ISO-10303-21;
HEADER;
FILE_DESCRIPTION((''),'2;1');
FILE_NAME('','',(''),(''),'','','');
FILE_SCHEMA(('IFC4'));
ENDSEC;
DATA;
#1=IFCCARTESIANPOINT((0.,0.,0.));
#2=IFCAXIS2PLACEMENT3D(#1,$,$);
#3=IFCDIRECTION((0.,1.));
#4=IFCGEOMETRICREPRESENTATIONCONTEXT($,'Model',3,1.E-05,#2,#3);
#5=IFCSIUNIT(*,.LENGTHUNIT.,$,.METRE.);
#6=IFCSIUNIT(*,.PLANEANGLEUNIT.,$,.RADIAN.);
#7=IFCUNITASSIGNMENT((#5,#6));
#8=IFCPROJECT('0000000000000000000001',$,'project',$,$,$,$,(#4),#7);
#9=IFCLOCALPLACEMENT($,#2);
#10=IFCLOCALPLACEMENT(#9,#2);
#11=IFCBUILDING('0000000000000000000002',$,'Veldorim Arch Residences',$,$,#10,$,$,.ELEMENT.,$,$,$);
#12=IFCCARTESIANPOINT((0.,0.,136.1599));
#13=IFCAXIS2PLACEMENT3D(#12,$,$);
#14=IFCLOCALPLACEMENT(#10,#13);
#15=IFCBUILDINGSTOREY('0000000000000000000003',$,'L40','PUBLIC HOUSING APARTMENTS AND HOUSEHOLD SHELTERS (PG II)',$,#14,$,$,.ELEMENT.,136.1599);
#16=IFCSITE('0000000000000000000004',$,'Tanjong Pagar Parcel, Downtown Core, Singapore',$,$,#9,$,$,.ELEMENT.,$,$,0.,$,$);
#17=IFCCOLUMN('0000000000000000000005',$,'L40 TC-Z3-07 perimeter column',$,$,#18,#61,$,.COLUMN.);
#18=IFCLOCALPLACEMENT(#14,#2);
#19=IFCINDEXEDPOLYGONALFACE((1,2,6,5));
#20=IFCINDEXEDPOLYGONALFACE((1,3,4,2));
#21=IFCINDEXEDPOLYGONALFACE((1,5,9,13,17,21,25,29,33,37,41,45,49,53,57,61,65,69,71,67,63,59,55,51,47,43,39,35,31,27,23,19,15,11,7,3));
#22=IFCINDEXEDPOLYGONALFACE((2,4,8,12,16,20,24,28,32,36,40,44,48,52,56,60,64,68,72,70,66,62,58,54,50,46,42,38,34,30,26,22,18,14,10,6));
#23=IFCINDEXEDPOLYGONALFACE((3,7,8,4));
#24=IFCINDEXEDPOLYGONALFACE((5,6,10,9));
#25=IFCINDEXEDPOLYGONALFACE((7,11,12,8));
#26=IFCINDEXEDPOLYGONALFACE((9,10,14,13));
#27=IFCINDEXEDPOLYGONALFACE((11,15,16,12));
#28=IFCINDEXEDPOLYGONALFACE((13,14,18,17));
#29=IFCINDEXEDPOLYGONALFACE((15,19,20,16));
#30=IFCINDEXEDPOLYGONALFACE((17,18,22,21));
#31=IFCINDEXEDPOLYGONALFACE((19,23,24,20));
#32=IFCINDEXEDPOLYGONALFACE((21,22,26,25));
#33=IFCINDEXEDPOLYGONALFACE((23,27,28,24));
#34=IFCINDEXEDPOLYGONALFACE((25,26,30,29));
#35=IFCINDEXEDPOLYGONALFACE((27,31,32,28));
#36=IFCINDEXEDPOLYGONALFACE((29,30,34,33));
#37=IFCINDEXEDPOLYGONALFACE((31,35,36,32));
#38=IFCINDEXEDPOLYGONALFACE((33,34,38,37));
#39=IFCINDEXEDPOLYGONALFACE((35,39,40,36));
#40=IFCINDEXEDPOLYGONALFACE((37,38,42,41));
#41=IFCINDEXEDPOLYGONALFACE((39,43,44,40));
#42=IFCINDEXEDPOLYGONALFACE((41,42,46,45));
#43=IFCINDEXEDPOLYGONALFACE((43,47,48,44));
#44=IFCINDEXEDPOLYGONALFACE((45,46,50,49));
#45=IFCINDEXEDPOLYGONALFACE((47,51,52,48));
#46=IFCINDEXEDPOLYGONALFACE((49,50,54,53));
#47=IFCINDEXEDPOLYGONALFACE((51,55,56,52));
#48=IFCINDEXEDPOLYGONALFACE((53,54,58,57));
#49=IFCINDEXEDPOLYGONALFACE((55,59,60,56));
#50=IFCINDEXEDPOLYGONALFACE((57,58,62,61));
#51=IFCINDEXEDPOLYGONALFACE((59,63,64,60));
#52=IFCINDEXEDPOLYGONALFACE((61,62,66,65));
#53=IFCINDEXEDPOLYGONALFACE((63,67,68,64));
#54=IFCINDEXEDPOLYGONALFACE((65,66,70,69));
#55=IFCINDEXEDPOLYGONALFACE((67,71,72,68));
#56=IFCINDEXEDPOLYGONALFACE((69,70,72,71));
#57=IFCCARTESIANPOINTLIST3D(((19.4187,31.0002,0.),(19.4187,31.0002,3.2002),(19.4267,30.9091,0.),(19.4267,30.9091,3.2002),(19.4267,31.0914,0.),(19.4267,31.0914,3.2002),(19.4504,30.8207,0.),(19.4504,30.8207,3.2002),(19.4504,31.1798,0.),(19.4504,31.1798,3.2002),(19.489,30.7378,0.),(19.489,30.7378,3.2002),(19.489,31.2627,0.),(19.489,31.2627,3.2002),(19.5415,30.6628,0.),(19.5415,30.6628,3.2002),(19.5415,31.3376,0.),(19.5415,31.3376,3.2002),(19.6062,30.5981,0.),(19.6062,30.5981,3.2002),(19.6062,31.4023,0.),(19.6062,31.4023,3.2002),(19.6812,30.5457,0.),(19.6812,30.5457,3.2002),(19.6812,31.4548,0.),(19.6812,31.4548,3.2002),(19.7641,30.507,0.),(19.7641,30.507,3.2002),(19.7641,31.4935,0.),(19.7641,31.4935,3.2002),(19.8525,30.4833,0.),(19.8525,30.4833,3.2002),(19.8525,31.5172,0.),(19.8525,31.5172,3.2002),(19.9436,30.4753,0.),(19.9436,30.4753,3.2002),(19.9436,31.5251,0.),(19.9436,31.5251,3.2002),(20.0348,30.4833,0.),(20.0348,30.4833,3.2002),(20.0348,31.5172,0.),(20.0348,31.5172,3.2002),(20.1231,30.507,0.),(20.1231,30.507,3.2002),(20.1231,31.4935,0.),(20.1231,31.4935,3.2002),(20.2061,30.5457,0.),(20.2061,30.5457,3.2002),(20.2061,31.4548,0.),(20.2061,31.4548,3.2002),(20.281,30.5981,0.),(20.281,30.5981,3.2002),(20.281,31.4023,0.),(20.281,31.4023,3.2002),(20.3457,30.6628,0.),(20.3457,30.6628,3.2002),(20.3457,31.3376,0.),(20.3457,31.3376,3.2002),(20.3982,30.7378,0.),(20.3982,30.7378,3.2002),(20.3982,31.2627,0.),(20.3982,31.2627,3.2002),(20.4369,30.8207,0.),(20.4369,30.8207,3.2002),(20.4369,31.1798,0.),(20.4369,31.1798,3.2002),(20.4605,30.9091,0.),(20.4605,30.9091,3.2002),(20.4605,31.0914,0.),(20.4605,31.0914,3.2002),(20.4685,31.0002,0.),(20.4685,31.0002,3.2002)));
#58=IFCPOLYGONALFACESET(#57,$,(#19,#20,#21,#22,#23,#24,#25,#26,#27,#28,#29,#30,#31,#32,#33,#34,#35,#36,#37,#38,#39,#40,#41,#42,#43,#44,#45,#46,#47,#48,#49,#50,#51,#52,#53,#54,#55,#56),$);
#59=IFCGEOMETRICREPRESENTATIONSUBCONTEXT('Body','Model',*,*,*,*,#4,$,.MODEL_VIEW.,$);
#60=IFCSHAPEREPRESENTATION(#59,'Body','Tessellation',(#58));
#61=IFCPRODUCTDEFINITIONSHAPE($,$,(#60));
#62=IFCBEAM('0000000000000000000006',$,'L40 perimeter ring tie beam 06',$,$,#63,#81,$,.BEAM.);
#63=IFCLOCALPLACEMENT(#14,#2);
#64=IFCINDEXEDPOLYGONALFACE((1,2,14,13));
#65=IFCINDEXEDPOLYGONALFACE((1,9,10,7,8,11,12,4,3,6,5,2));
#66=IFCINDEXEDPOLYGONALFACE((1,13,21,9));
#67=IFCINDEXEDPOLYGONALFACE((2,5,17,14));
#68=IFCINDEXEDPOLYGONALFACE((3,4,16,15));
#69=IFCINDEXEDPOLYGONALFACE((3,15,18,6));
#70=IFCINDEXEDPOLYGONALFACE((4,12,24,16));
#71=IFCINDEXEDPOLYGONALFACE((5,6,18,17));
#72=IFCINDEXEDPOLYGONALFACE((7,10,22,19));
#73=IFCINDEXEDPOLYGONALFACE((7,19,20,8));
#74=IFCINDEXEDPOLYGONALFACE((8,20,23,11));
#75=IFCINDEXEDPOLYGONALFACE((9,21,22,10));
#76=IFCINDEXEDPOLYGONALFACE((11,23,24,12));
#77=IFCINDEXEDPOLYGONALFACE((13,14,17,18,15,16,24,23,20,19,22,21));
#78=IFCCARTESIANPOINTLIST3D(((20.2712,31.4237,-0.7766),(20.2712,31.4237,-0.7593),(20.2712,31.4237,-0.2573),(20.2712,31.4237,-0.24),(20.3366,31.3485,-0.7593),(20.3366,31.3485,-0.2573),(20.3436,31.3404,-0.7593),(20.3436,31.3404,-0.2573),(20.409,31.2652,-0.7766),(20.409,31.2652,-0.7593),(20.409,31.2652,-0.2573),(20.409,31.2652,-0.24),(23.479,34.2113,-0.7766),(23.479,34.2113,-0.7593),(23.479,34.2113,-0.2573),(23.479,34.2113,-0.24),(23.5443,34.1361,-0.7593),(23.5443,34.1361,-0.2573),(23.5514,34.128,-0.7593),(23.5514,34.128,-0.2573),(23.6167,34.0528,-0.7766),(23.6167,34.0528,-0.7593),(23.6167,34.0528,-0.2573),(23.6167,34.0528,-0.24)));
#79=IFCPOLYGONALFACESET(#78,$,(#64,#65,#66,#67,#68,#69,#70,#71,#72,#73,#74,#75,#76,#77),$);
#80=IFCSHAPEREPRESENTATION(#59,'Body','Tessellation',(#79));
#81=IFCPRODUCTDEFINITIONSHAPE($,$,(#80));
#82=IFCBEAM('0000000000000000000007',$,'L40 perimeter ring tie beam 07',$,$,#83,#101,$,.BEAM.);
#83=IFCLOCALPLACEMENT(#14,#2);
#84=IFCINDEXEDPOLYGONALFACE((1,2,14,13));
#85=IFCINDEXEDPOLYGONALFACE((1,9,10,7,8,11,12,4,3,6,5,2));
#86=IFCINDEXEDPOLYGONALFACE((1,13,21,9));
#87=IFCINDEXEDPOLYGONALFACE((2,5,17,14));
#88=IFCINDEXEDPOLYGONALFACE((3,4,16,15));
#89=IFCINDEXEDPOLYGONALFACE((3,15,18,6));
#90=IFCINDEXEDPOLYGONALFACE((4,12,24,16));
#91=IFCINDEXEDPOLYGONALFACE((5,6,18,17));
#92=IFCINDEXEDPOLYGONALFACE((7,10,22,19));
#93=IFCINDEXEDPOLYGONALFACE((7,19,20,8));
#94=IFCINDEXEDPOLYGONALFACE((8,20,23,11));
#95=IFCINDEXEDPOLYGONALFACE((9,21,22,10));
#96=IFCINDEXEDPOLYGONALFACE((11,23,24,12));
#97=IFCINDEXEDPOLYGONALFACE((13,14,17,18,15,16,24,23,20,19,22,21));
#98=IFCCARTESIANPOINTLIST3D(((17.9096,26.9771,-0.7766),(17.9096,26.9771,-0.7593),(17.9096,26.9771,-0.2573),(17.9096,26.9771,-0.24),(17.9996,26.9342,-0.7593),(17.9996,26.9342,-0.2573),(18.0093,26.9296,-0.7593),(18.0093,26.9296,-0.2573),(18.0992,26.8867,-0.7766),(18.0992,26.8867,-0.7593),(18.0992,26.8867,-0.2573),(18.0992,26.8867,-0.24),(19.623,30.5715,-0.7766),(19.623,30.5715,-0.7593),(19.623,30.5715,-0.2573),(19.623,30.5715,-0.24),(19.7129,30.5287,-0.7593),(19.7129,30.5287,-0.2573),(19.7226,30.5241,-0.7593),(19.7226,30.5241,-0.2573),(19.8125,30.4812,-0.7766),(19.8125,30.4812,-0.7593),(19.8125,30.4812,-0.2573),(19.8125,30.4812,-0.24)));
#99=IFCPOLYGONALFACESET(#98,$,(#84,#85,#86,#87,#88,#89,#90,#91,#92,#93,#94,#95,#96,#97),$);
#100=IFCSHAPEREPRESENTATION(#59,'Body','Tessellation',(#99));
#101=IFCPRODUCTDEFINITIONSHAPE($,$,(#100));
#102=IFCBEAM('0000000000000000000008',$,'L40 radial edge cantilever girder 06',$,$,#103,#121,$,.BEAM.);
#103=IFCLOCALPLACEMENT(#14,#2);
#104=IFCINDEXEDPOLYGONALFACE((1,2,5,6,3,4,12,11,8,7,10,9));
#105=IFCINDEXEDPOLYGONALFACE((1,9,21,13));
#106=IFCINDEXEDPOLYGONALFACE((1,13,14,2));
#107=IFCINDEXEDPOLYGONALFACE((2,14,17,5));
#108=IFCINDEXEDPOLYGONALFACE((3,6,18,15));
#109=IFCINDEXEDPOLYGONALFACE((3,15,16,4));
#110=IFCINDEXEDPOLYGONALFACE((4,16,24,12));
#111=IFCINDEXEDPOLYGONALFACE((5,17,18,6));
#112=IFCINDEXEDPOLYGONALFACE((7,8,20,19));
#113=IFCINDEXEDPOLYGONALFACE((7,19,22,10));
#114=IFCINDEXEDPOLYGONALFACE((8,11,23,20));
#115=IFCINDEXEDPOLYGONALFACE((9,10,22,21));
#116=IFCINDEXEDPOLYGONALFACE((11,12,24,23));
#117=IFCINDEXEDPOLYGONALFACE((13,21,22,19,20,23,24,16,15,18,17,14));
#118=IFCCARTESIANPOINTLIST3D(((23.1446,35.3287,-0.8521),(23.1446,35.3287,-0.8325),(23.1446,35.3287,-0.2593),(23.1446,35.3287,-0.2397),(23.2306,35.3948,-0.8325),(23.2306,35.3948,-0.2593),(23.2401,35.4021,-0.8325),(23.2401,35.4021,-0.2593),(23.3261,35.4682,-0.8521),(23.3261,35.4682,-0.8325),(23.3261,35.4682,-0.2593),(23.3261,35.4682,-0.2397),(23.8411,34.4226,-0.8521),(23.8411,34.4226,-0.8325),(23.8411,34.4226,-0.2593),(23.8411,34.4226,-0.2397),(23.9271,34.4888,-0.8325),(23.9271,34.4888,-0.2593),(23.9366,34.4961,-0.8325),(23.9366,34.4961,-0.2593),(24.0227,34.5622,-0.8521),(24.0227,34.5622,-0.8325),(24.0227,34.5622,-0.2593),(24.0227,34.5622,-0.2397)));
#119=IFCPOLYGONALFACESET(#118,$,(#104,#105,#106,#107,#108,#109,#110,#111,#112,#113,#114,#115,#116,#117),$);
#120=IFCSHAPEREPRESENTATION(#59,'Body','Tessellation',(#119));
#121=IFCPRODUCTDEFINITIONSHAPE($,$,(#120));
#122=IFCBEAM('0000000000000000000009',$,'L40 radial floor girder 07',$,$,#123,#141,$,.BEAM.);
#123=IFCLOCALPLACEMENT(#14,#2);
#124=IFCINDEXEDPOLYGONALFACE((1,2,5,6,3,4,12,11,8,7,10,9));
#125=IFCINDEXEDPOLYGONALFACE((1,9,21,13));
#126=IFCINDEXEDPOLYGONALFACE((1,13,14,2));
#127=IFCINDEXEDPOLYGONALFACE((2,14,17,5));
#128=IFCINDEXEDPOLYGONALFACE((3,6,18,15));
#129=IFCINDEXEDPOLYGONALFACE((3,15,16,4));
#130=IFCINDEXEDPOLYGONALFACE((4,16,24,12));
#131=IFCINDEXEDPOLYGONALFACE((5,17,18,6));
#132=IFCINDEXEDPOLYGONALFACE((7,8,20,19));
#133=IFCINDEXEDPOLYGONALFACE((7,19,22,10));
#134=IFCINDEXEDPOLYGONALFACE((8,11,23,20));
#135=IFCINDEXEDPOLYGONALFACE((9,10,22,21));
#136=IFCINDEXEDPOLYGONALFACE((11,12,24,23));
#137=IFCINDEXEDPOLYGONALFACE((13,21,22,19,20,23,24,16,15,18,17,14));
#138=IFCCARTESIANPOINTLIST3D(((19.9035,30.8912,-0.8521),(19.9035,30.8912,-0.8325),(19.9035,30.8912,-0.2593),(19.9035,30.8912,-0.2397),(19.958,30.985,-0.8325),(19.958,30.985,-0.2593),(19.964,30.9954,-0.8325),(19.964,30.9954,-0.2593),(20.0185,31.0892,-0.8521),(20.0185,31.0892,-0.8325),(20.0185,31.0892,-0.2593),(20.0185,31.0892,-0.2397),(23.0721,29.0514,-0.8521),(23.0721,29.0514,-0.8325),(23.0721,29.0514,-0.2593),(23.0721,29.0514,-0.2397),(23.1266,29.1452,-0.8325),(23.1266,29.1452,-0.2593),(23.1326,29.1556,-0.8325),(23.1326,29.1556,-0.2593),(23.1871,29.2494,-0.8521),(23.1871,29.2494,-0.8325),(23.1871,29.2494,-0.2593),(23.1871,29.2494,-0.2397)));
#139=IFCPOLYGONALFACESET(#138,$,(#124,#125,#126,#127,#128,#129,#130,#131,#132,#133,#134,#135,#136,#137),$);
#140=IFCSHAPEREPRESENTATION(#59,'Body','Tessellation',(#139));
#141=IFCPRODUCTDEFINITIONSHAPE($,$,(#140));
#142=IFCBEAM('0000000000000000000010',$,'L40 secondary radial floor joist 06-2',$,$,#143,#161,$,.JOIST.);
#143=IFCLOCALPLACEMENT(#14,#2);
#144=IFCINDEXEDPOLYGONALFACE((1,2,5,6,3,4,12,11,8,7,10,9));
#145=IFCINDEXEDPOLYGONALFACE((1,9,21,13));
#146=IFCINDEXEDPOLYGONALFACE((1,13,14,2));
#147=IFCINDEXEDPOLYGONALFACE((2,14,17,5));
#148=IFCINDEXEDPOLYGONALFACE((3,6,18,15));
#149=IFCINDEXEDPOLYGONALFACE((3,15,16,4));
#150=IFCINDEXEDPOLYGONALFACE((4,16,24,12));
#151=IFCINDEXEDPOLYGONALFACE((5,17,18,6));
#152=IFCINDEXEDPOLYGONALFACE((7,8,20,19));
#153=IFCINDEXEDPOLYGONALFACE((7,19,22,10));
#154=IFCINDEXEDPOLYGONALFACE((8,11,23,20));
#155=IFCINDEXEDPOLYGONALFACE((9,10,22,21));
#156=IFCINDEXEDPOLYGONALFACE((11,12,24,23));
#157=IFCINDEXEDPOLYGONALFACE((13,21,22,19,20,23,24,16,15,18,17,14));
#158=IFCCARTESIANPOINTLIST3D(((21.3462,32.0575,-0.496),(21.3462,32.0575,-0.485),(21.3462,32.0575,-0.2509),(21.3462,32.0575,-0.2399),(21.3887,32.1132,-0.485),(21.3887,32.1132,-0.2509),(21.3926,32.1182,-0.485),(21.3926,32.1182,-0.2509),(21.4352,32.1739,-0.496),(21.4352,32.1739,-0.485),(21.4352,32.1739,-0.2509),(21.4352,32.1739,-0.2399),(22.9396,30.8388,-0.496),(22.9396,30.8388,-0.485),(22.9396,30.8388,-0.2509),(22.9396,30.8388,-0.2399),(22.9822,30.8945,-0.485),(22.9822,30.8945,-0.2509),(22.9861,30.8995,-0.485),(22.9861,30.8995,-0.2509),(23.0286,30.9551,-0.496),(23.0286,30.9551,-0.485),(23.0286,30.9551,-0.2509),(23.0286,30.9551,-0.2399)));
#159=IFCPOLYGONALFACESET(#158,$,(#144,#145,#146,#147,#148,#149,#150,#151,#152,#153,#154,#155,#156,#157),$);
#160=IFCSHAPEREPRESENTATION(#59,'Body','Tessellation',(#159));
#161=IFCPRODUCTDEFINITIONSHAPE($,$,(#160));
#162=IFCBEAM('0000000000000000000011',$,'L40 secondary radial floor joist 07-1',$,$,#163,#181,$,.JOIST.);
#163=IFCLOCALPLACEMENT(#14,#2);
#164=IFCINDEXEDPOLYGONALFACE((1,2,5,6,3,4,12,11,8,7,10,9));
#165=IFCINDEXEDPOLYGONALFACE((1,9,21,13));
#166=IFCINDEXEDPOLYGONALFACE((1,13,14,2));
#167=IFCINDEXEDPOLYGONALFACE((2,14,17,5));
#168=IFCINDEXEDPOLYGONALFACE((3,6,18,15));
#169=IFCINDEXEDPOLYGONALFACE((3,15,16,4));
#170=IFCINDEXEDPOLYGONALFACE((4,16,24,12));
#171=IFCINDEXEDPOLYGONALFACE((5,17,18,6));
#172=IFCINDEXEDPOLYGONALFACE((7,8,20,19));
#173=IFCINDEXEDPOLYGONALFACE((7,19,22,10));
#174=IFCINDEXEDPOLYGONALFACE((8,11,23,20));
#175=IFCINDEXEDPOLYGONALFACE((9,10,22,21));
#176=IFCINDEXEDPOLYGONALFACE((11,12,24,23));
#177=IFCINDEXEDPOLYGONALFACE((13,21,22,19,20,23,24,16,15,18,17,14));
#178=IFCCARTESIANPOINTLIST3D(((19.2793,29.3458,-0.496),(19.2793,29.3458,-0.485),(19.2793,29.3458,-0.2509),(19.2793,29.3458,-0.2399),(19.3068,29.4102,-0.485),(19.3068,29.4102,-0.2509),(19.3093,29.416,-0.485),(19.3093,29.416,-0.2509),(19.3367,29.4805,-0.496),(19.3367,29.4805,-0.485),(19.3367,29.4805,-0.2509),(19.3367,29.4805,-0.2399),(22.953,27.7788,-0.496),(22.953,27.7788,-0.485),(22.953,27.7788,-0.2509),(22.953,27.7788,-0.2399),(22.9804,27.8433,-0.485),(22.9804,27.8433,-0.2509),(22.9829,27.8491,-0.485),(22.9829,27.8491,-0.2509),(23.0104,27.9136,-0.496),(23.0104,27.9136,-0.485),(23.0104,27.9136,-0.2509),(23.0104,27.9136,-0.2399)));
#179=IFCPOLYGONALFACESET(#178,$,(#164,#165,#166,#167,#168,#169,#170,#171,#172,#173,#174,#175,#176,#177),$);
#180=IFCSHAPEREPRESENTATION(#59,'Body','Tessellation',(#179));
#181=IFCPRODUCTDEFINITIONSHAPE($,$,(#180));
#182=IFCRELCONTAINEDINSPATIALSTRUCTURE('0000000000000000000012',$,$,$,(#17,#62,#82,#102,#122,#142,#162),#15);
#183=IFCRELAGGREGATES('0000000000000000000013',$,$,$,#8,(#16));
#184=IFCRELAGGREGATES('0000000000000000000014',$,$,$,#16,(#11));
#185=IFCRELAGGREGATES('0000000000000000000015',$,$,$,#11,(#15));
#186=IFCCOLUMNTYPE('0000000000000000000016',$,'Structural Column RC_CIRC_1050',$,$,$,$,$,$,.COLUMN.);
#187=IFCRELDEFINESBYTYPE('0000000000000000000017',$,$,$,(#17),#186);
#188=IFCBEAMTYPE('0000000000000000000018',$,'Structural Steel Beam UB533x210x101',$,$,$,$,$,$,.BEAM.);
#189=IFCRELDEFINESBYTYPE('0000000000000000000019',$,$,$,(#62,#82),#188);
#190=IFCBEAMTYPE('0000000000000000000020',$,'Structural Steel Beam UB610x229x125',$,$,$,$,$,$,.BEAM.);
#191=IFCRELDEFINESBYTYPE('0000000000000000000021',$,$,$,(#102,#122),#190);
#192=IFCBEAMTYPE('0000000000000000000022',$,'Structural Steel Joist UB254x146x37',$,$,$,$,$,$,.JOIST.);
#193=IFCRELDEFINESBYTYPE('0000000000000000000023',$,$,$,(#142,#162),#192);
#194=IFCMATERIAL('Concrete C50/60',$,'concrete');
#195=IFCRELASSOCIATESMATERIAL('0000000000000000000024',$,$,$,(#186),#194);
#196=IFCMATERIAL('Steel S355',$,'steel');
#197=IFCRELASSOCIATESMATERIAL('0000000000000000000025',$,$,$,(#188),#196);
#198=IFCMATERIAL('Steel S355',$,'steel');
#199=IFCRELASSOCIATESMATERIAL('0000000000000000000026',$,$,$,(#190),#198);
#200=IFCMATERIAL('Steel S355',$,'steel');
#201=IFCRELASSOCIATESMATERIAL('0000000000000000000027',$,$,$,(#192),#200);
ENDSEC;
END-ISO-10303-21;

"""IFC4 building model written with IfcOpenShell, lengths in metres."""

from ifc_helpers import new_model, si_unit, direction, frame, origin, origin_2d, place, context, subcontext, project, spatial, circle, i_section, extrude, material, material_profile, profile_set, type_object, element, save


model = new_model("IFC4")

# Units and contexts
model_context = context("Model", 3, precision=1e-05, world=origin(), true_north=direction((0.0, 1.0)))
body_context = subcontext(model_context, "Body", "Model", "MODEL_VIEW")
ifc_project = project(units=[si_unit("LENGTHUNIT", "METRE"), si_unit("PLANEANGLEUNIT", "RADIAN")], contexts=[model_context])

# Site, building, storey
site_placement = place(None, origin())
site = spatial("IfcSite", under=ifc_project, at=site_placement, Name="Tanjong Pagar Parcel, Downtown Core, Singapore", CompositionType="ELEMENT", RefElevation=0.0)
building_placement = place(site_placement, origin())
building = spatial("IfcBuilding", under=site, at=building_placement, Name="Veldorim Arch Residences", CompositionType="ELEMENT")
storey_placement = place(building_placement, frame((0.0, 0.0, 136.1599)))
storey = spatial("IfcBuildingStorey", under=building, at=storey_placement, Name="L40", Description="PUBLIC HOUSING APARTMENTS AND HOUSEHOLD SHELTERS (PG II)", CompositionType="ELEMENT", Elevation=136.1599)

# Column
ifc_material_1 = material(Name="Concrete C50/60", Category="concrete")
ifc_material_profile_1 = material_profile(ifc_material_1, circle(Radius=0.5249, at=origin_2d()), Name="RC_CIRC_1050")
ifc_profile_set_1 = profile_set([ifc_material_profile_1], Name="Concrete C50/60")
column_type = type_object("IfcColumnType", Name="Structural Column RC_CIRC_1050", PredefinedType="COLUMN", material=ifc_profile_set_1)
column_placement = place(storey_placement, frame((19.9436, 31.0002, 0.0), z_axis=(0.0, 0.0, 1.0), x_axis=(1.0, 0.0, 0.0)))
element("IfcColumn", 1, at=column_placement, inside=storey, type_object=column_type, Name="L40 TC-Z3-07 perimeter column", PredefinedType="COLUMN", context=body_context, shape_type="SweptSolid", body=[
    extrude(circle(Radius=0.5249, at=origin_2d()), origin(), (0.0, 0.0, 1.0), 3.2002),
])

# Beams
ifc_material_2 = material(Name="Steel S355", Category="steel")
ifc_material_profile_2 = material_profile(ifc_material_2, i_section(OverallWidth=0.21, OverallDepth=0.5366, WebThickness=0.0107, FlangeThickness=0.0173, at=origin_2d()), Name="UB533x210x101")
ifc_profile_set_2 = profile_set([ifc_material_profile_2], Name="Steel S355")
beam_type_1 = type_object("IfcBeamType", Name="Structural Steel Beam UB533x210x101", PredefinedType="BEAM", material=ifc_profile_set_2)
beam_1_placement = place(storey_placement, frame((23.5479, 34.1321, -0.5083), z_axis=(-0.754811, -0.655943, 0.0), x_axis=(0.655943, -0.754811, 0.0)))
element("IfcBeam", 2, at=beam_1_placement, inside=storey, type_object=beam_type_1, Name="L40 perimeter ring tie beam 06", PredefinedType="BEAM", context=body_context, shape_type="SweptSolid", body=[
    extrude(i_section(OverallWidth=0.21, OverallDepth=0.5366, WebThickness=0.0107, FlangeThickness=0.0173, at=origin_2d()), origin(), (0.0, 0.0, 1.0), 4.2498),
])
beam_2_placement = place(storey_placement, frame((19.7178, 30.5264, -0.5083), z_axis=(-0.430286, -0.902693, 0.0), x_axis=(0.902693, -0.430286, 0.0)))
element("IfcBeam", 3, at=beam_2_placement, inside=storey, type_object=beam_type_1, Name="L40 perimeter ring tie beam 07", PredefinedType="BEAM", context=body_context, shape_type="SweptSolid", body=[
    extrude(i_section(OverallWidth=0.21, OverallDepth=0.5366, WebThickness=0.0107, FlangeThickness=0.0173, at=origin_2d()), origin(), (0.0, 0.0, 1.0), 3.9819),
])
ifc_material_3 = material(Name="Steel S355", Category="steel")
ifc_material_profile_3 = material_profile(ifc_material_3, i_section(OverallWidth=0.229, OverallDepth=0.6123, WebThickness=0.012, FlangeThickness=0.0195, at=origin_2d()), Name="UB610x229x125")
ifc_profile_set_3 = profile_set([ifc_material_profile_3], Name="Steel S355")
beam_type_2 = type_object("IfcBeamType", Name="Structural Steel Beam UB610x229x125", PredefinedType="BEAM", material=ifc_profile_set_3)
beam_3_placement = place(storey_placement, frame((23.9319, 34.4924, -0.5459), z_axis=(-0.609494, 0.792791, 0.0), x_axis=(-0.792791, -0.609494, 0.0)))
element("IfcBeam", 4, at=beam_3_placement, inside=storey, type_object=beam_type_2, Name="L40 radial edge cantilever girder 06", PredefinedType="BEAM", context=body_context, shape_type="SweptSolid", body=[
    extrude(i_section(OverallWidth=0.229, OverallDepth=0.6123, WebThickness=0.012, FlangeThickness=0.0195, at=origin_2d()), origin(), (0.0, 0.0, 1.0), 1.1428),
])
beam_4_placement = place(storey_placement, frame((23.1296, 29.1504, -0.5459), z_axis=(-0.864795, 0.502126, 0.0), x_axis=(-0.502126, -0.864795, 0.0)))
element("IfcBeam", 5, at=beam_4_placement, inside=storey, type_object=beam_type_2, Name="L40 radial floor girder 07", PredefinedType="BEAM", context=body_context, shape_type="SweptSolid", body=[
    extrude(i_section(OverallWidth=0.229, OverallDepth=0.6123, WebThickness=0.012, FlangeThickness=0.0195, at=origin_2d()), origin(), (0.0, 0.0, 1.0), 3.6641),
])
ifc_material_4 = material(Name="Steel S355", Category="steel")
ifc_material_profile_4 = material_profile(ifc_material_4, i_section(OverallWidth=0.1465, OverallDepth=0.2561, WebThickness=0.0063, FlangeThickness=0.011, at=origin_2d()), Name="UB254x146x37")
ifc_profile_set_4 = profile_set([ifc_material_profile_4], Name="Steel S355")
beam_type_3 = type_object("IfcBeamType", Name="Structural Steel Joist UB254x146x37", PredefinedType="JOIST", material=ifc_profile_set_4)
beam_5_placement = place(storey_placement, frame((22.9841, 30.897, -0.3679), z_axis=(-0.794313, 0.607509, 0.0), x_axis=(-0.607509, -0.794313, 0.0)))
element("IfcBeam", 6, at=beam_5_placement, inside=storey, type_object=beam_type_3, Name="L40 secondary radial floor joist 06-2", PredefinedType="JOIST", context=body_context, shape_type="SweptSolid", body=[
    extrude(i_section(OverallWidth=0.1465, OverallDepth=0.2561, WebThickness=0.0063, FlangeThickness=0.011, at=origin_2d()), origin(), (0.0, 0.0, 1.0), 2.0061),
])
beam_6_placement = place(storey_placement, frame((22.9817, 27.8462, -0.3679), z_axis=(-0.919823, 0.392332, 0.0), x_axis=(-0.392332, -0.919823, 0.0)))
element("IfcBeam", 7, at=beam_6_placement, inside=storey, type_object=beam_type_3, Name="L40 secondary radial floor joist 07-1", PredefinedType="JOIST", context=body_context, shape_type="SweptSolid", body=[
    extrude(i_section(OverallWidth=0.1465, OverallDepth=0.2561, WebThickness=0.0063, FlangeThickness=0.011, at=origin_2d()), origin(), (0.0, 0.0, 1.0), 3.9939),
])

save(model, "model.ifc")
